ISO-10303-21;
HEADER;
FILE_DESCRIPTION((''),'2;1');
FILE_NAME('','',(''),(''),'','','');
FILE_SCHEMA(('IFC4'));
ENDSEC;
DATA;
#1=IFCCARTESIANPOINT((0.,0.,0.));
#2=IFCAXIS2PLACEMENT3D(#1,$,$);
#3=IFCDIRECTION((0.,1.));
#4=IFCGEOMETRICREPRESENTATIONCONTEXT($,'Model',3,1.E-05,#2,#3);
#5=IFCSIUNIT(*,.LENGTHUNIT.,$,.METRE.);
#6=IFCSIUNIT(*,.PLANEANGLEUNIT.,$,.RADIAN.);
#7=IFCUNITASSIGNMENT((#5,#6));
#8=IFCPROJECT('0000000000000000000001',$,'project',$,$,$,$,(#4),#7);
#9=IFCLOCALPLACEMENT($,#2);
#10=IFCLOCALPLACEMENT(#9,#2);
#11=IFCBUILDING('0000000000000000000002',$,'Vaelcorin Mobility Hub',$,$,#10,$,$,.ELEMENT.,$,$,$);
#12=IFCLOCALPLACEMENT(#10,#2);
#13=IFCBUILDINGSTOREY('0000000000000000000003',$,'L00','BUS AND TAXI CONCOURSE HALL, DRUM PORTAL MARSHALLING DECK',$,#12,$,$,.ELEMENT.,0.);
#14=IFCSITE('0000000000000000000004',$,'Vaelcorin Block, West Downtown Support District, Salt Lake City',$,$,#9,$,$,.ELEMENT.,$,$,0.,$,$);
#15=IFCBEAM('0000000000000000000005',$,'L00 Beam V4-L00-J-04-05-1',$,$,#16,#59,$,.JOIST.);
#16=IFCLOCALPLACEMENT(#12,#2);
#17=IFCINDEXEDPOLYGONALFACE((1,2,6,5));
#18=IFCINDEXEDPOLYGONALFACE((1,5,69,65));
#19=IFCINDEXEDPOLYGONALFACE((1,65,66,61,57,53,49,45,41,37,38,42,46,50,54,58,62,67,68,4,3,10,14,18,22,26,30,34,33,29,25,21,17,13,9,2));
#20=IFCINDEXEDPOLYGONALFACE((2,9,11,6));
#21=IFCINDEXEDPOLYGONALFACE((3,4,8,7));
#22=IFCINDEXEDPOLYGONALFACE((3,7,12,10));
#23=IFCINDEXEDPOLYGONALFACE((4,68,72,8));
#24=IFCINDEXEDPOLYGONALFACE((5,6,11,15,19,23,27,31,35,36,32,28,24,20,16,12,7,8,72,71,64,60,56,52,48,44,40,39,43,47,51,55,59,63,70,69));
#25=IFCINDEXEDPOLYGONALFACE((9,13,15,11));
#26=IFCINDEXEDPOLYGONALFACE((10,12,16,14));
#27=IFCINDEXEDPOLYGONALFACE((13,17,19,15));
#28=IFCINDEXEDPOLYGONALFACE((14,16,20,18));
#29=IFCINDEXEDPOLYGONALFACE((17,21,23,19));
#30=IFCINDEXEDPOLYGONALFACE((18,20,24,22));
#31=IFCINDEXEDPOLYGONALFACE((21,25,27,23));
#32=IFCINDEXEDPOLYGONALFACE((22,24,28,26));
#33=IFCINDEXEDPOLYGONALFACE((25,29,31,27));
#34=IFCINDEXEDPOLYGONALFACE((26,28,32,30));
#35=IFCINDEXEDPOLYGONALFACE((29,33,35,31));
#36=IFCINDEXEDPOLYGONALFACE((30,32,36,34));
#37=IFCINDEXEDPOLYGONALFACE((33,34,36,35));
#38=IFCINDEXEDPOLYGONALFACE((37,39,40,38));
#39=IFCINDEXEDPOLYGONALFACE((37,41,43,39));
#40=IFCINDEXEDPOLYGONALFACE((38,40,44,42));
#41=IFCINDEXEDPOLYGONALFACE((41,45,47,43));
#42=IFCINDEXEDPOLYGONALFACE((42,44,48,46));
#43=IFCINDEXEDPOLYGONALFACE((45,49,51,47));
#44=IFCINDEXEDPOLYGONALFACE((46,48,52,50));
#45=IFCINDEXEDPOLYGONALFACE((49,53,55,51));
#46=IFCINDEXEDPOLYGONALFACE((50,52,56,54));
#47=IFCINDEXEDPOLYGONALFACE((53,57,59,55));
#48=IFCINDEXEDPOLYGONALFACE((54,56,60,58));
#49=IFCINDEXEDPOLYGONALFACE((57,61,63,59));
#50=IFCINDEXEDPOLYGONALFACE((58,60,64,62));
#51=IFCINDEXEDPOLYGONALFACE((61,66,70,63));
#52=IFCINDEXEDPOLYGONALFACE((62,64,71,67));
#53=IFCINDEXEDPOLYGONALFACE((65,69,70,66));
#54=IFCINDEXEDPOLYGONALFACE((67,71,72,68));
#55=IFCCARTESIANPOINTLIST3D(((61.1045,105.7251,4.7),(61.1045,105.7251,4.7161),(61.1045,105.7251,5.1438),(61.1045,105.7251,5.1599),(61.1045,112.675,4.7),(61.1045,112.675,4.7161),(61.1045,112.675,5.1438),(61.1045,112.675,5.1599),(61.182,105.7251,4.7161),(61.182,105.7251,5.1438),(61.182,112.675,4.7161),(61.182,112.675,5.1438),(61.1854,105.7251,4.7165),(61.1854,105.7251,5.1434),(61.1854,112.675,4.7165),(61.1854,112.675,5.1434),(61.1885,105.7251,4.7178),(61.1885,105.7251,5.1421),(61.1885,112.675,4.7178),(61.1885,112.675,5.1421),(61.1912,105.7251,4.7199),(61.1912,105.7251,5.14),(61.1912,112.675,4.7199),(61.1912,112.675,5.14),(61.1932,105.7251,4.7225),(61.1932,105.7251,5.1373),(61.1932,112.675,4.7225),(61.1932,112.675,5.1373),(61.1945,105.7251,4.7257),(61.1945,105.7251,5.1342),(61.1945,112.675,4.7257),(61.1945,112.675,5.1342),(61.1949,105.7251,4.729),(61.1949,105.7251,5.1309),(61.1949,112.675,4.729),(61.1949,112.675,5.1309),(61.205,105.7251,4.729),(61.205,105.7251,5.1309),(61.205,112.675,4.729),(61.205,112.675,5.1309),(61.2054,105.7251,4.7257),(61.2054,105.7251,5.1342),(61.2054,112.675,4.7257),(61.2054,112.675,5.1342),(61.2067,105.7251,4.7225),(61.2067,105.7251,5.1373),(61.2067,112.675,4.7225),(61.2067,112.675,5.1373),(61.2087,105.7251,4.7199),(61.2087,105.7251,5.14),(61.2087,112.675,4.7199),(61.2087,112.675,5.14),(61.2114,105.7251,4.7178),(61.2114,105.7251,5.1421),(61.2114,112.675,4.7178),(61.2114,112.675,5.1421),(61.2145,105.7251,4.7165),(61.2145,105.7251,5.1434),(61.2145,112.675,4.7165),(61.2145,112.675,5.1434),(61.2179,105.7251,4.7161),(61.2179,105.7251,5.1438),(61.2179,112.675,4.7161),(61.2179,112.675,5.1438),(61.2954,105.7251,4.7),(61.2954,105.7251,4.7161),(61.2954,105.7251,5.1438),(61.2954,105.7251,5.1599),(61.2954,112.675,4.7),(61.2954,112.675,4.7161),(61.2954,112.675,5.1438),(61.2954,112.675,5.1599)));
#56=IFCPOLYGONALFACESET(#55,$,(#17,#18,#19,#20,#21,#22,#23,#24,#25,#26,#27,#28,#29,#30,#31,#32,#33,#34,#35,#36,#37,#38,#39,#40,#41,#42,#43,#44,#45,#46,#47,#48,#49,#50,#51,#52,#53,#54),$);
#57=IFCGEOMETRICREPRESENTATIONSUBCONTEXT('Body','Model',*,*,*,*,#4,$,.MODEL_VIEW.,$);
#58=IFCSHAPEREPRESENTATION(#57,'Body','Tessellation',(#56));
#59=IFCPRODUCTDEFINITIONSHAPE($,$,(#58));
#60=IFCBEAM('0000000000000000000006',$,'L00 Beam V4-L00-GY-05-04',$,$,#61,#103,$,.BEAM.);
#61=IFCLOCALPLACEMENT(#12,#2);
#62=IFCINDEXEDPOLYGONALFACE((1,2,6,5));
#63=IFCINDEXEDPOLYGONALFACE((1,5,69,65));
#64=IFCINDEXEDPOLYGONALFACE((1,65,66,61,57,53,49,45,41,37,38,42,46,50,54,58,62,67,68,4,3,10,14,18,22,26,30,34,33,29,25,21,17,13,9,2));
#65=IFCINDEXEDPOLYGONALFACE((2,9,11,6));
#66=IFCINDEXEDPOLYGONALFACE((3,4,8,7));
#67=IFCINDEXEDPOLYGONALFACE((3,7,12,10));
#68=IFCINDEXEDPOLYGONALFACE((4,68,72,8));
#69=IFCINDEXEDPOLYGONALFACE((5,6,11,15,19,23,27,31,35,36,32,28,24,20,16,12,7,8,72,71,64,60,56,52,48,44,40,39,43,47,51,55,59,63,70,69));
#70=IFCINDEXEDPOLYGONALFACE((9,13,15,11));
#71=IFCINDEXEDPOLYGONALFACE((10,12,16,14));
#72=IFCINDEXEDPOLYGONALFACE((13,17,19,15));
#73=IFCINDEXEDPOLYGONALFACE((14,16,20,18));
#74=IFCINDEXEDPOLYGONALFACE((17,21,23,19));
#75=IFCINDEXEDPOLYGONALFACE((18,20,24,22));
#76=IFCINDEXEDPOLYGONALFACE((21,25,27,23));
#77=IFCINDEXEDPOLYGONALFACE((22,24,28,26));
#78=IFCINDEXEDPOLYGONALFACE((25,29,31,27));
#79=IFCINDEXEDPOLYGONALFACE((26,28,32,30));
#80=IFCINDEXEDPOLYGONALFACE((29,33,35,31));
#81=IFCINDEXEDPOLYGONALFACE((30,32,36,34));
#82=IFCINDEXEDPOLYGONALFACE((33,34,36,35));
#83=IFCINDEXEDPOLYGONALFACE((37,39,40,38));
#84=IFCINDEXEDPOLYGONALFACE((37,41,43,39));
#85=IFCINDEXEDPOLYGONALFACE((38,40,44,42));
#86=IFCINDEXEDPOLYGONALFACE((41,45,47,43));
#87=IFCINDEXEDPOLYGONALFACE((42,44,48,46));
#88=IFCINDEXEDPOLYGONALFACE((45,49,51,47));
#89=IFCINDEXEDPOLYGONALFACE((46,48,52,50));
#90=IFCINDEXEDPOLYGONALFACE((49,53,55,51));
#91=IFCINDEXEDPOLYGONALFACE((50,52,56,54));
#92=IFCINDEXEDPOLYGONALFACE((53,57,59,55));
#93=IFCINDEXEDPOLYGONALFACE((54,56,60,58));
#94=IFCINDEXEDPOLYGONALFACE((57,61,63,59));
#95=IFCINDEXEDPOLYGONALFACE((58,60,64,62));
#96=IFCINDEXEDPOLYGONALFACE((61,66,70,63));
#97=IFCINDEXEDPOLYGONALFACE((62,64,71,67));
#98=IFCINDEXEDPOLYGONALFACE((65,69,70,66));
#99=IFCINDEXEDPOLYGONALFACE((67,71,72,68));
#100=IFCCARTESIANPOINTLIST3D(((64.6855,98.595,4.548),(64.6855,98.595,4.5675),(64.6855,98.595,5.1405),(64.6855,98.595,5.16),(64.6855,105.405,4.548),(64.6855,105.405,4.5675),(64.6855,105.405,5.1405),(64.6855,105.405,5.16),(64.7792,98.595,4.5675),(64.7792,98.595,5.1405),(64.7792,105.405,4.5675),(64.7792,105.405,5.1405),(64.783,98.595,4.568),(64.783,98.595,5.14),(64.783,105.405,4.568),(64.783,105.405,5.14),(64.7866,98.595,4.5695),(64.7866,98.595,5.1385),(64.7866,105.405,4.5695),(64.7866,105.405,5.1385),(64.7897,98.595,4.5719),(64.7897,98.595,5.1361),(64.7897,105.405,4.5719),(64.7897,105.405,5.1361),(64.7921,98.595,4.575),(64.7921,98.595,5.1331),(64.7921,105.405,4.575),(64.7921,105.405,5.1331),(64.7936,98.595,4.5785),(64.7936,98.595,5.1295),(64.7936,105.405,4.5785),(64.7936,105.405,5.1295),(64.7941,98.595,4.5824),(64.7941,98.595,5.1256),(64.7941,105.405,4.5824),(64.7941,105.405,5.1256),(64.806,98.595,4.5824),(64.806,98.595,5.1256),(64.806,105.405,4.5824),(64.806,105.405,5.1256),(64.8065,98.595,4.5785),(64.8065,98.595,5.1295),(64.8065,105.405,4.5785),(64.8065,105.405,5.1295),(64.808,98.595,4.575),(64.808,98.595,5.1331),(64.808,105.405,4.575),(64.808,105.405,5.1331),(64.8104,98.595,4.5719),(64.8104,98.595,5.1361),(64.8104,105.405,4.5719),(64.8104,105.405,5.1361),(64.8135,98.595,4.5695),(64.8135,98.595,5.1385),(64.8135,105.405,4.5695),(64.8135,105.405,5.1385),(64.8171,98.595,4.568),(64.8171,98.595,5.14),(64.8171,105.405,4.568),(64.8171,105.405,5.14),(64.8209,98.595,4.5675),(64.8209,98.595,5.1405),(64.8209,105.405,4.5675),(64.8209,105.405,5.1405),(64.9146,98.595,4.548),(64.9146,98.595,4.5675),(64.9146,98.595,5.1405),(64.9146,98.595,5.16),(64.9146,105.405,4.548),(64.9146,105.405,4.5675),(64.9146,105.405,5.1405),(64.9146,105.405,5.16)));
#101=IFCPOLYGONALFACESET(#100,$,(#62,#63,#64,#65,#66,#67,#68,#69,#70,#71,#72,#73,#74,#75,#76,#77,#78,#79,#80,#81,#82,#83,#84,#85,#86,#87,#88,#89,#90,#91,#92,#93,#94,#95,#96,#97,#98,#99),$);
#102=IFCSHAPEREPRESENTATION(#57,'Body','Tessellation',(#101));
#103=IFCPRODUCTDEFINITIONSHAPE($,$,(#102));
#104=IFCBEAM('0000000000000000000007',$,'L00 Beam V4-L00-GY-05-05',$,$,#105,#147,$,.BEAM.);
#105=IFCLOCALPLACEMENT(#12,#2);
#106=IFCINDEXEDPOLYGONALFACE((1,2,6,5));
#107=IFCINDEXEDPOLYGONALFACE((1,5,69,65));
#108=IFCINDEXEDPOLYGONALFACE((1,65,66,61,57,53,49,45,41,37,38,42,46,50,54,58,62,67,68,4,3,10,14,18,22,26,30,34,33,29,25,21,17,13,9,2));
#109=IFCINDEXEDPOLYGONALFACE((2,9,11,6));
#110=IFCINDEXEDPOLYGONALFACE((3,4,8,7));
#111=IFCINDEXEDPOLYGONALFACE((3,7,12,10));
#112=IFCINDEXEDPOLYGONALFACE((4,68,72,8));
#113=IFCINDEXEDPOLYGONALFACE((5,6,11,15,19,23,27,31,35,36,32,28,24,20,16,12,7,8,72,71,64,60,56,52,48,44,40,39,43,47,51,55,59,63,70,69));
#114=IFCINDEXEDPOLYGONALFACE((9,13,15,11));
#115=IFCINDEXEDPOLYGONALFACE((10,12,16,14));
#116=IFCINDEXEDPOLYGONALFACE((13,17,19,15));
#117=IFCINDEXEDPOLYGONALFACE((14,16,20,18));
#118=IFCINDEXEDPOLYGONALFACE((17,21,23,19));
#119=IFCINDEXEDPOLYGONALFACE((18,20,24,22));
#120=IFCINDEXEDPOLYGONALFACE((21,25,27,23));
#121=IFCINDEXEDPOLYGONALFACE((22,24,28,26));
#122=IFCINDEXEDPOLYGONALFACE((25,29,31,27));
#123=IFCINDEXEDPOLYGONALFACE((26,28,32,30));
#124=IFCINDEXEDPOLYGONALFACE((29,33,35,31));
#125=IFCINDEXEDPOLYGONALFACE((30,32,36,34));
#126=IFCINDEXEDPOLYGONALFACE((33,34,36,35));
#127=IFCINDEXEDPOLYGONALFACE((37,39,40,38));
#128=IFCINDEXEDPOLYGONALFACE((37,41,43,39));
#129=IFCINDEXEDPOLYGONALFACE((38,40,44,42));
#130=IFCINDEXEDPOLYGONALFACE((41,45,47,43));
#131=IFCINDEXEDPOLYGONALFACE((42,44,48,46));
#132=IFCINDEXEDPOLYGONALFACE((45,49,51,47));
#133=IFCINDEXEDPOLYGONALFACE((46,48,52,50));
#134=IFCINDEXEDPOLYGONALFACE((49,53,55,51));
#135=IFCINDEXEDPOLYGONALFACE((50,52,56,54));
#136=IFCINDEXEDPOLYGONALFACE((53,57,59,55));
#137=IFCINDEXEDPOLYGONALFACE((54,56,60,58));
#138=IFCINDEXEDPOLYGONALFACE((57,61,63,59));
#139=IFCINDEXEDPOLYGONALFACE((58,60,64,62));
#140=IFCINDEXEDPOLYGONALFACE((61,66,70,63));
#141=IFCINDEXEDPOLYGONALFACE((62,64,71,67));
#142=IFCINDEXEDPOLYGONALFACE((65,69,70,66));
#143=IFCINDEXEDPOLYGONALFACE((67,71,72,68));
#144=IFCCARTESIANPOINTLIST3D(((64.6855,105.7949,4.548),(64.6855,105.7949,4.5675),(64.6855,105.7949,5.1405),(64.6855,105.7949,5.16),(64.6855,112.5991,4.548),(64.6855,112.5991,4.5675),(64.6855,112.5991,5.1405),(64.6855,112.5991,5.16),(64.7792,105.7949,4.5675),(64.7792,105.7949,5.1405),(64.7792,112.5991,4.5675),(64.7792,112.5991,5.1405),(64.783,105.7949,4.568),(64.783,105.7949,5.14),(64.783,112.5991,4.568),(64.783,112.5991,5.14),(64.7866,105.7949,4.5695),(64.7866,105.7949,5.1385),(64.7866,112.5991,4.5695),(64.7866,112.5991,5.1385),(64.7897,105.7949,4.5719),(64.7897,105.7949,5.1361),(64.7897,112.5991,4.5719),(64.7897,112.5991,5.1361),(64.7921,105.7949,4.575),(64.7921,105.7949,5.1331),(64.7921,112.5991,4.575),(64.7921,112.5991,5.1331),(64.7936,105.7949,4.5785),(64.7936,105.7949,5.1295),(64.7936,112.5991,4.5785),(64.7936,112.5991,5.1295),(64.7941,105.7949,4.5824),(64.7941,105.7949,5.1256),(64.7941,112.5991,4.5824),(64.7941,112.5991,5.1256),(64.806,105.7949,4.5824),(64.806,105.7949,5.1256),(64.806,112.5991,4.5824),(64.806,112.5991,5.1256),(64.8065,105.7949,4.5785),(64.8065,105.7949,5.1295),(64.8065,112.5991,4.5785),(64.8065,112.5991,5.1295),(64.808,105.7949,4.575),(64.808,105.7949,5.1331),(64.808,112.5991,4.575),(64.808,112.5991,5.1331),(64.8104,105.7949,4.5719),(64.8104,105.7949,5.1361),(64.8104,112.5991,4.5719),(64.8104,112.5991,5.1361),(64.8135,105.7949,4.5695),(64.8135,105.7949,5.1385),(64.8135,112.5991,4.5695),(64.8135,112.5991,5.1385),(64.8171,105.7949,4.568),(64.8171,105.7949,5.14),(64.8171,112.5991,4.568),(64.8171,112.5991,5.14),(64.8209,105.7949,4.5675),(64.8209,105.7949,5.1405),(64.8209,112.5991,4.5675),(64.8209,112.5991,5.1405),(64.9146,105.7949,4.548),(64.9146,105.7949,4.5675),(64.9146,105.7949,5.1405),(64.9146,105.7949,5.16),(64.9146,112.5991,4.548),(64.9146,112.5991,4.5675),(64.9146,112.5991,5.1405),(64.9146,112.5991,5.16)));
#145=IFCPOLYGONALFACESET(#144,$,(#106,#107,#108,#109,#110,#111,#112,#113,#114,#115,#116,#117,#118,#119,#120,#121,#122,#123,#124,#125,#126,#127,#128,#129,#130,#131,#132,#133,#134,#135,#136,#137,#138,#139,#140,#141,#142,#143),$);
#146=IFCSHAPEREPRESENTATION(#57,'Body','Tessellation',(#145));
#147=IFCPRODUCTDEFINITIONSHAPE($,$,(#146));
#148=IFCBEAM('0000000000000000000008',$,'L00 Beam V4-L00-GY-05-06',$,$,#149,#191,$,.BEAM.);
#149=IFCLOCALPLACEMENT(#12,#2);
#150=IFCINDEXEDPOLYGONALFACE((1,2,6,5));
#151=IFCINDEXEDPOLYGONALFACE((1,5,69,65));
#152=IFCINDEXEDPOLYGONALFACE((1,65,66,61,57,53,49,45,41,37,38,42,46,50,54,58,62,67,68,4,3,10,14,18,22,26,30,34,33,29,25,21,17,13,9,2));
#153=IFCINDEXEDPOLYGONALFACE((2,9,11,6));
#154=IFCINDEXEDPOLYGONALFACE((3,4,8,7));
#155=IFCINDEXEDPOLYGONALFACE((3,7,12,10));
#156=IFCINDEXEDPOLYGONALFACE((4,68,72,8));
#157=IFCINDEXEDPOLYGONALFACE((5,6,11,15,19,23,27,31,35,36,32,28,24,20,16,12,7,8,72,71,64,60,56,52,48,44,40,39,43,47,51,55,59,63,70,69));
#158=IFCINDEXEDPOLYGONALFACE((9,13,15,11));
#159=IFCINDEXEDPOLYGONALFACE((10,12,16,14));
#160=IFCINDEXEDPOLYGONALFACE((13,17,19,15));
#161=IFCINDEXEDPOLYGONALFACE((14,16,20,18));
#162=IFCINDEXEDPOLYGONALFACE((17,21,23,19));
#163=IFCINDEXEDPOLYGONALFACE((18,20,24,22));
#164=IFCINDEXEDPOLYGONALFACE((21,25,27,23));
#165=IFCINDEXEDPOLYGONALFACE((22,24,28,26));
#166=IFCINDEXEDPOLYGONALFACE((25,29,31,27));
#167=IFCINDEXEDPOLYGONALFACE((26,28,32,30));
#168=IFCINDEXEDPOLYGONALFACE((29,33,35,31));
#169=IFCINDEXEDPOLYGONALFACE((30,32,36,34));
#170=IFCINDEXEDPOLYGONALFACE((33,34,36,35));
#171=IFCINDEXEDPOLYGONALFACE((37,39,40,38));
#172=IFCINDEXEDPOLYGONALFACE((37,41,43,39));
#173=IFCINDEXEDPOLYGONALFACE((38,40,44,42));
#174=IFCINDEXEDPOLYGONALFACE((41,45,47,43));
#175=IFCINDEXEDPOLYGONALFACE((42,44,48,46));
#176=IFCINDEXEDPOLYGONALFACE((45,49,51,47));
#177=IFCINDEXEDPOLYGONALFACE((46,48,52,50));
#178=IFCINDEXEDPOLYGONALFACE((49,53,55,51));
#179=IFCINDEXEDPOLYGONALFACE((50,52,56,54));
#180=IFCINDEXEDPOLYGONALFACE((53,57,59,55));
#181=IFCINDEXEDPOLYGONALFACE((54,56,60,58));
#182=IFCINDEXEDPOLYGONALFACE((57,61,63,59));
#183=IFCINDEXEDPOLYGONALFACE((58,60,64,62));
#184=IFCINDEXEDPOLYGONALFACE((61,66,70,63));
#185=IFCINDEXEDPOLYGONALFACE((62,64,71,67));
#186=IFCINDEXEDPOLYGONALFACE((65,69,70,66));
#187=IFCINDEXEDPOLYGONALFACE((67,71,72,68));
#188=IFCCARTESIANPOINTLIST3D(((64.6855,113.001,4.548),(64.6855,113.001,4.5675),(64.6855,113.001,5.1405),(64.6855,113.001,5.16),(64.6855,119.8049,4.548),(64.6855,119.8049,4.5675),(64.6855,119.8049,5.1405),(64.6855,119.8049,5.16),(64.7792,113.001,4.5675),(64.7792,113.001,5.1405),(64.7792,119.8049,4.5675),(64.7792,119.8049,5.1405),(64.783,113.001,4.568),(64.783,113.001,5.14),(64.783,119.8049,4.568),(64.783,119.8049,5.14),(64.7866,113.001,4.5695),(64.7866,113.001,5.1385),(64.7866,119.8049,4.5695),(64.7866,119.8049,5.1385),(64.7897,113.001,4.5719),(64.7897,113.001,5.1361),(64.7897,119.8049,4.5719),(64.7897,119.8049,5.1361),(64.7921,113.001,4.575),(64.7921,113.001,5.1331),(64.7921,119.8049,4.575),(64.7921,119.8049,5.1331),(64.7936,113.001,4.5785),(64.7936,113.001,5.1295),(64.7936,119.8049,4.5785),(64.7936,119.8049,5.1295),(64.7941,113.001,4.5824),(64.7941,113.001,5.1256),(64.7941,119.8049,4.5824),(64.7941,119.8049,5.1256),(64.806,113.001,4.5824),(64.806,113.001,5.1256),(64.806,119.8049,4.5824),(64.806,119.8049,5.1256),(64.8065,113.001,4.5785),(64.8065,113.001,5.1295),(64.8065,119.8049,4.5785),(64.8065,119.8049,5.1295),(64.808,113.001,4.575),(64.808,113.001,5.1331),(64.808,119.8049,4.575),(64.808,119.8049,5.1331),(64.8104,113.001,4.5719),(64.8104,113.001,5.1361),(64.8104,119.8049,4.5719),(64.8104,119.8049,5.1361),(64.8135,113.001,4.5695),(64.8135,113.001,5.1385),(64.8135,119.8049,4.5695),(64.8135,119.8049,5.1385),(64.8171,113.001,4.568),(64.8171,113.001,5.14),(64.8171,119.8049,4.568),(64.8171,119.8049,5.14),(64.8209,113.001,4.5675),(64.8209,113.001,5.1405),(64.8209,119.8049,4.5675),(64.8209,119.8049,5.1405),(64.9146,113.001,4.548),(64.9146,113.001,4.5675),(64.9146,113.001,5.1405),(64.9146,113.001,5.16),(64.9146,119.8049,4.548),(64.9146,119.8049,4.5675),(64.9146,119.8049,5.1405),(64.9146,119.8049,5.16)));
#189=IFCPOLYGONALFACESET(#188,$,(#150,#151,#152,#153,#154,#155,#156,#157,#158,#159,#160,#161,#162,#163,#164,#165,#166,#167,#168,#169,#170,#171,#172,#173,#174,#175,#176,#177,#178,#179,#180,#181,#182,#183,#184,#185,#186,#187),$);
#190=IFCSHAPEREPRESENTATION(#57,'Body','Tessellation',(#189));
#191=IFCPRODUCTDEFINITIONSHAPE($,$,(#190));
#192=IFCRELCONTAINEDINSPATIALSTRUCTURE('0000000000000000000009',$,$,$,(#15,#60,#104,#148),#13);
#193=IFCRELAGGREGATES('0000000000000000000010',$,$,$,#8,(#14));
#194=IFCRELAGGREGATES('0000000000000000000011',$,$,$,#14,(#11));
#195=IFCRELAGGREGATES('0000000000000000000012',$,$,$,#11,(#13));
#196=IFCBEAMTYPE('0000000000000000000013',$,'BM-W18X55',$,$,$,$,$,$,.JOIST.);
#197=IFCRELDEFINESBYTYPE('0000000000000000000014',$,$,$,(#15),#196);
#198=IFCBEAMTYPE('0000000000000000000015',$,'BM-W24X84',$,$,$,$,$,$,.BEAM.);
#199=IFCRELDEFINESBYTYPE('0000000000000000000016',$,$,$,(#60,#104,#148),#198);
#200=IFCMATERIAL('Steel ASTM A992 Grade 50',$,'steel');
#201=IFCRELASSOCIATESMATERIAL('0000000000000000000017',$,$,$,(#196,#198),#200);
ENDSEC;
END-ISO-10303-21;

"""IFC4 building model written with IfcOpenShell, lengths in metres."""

from ifc_helpers import new_model, si_unit, direction, frame, origin, origin_2d, place, context, subcontext, project, spatial, i_section, extrude, material, material_profile, profile_set, type_object, element, save


model = new_model("IFC4")

# Units and contexts
model_context = context("Model", 3, precision=1e-05, world=origin(), true_north=direction((0.0, 1.0)))
body_context = subcontext(model_context, "Body", "Model", "MODEL_VIEW")
ifc_project = project(units=[si_unit("LENGTHUNIT", "METRE"), si_unit("PLANEANGLEUNIT", "RADIAN")], contexts=[model_context])

# Site, building, storey
site_placement = place(None, origin())
site = spatial("IfcSite", under=ifc_project, at=site_placement, Name="Vaelcorin Block, West Downtown Support District, Salt Lake City", CompositionType="ELEMENT", RefElevation=0.0)
building_placement = place(site_placement, origin())
building = spatial("IfcBuilding", under=site, at=building_placement, Name="Vaelcorin Mobility Hub", CompositionType="ELEMENT")
storey_placement = place(building_placement, origin())
storey = spatial("IfcBuildingStorey", under=building, at=storey_placement, Name="L00", Description="BUS AND TAXI CONCOURSE HALL, DRUM PORTAL MARSHALLING DECK", CompositionType="ELEMENT", Elevation=0.0)

# Shared definitions
ifc_material_1 = material(Name="Steel ASTM A992 Grade 50", Category="steel")

# Beams
ifc_material_profile_1 = material_profile(ifc_material_1, i_section(OverallWidth=0.1909, OverallDepth=0.46, WebThickness=0.01, FlangeThickness=0.0161, FilletRadius=0.0129, at=origin_2d()), Name="W18X55")
ifc_profile_set_1 = profile_set([ifc_material_profile_1], Name="Steel ASTM A992 Grade 50")
beam_type_1 = type_object("IfcBeamType", Name="BM-W18X55", PredefinedType="JOIST", material=ifc_profile_set_1)
beam_1_placement = place(storey_placement, frame((61.2, 105.7251, 4.9299), z_axis=(0.0, 1.0, 0.0), x_axis=(-1.0, 0.0, 0.0)))
element("IfcBeam", 1, at=beam_1_placement, inside=storey, type_object=beam_type_1, Name="L00 Beam V4-L00-J-04-05-1", PredefinedType="JOIST", context=body_context, shape_type="SweptSolid", body=[
    extrude(i_section(OverallWidth=0.1909, OverallDepth=0.46, WebThickness=0.01, FlangeThickness=0.0161, FilletRadius=0.0129, at=origin_2d()), origin(), (0.0, 0.0, 1.0), 6.95),
])
ifc_material_profile_2 = material_profile(ifc_material_1, i_section(OverallWidth=0.229, OverallDepth=0.6121, WebThickness=0.012, FlangeThickness=0.0195, FilletRadius=0.0149, at=origin_2d()), Name="W24X84")
ifc_profile_set_2 = profile_set([ifc_material_profile_2], Name="Steel ASTM A992 Grade 50")
beam_type_2 = type_object("IfcBeamType", Name="BM-W24X84", PredefinedType="BEAM", material=ifc_profile_set_2)
beam_2_placement = place(storey_placement, frame((64.8, 98.595, 4.854), z_axis=(0.0, 1.0, 0.0), x_axis=(-1.0, 0.0, 0.0)))
element("IfcBeam", 2, at=beam_2_placement, inside=storey, type_object=beam_type_2, Name="L00 Beam V4-L00-GY-05-04", PredefinedType="BEAM", context=body_context, shape_type="SweptSolid", body=[
    extrude(i_section(OverallWidth=0.229, OverallDepth=0.6121, WebThickness=0.012, FlangeThickness=0.0195, FilletRadius=0.0149, at=origin_2d()), origin(), (0.0, 0.0, 1.0), 6.8101),
])
beam_3_placement = place(storey_placement, frame((64.8, 105.7949, 4.854), z_axis=(0.0, 1.0, 0.0), x_axis=(-1.0, 0.0, 0.0)))
element("IfcBeam", 3, at=beam_3_placement, inside=storey, type_object=beam_type_2, Name="L00 Beam V4-L00-GY-05-05", PredefinedType="BEAM", context=body_context, shape_type="SweptSolid", body=[
    extrude(i_section(OverallWidth=0.229, OverallDepth=0.6121, WebThickness=0.012, FlangeThickness=0.0195, FilletRadius=0.0149, at=origin_2d()), origin(), (0.0, 0.0, 1.0), 6.8042),
])
beam_4_placement = place(storey_placement, frame((64.8, 113.001, 4.854), z_axis=(0.0, 1.0, 0.0), x_axis=(-1.0, 0.0, 0.0)))
element("IfcBeam", 4, at=beam_4_placement, inside=storey, type_object=beam_type_2, Name="L00 Beam V4-L00-GY-05-06", PredefinedType="BEAM", context=body_context, shape_type="SweptSolid", body=[
    extrude(i_section(OverallWidth=0.229, OverallDepth=0.6121, WebThickness=0.012, FlangeThickness=0.0195, FilletRadius=0.0149, at=origin_2d()), origin(), (0.0, 0.0, 1.0), 6.804),
])

save(model, "model.ifc")
